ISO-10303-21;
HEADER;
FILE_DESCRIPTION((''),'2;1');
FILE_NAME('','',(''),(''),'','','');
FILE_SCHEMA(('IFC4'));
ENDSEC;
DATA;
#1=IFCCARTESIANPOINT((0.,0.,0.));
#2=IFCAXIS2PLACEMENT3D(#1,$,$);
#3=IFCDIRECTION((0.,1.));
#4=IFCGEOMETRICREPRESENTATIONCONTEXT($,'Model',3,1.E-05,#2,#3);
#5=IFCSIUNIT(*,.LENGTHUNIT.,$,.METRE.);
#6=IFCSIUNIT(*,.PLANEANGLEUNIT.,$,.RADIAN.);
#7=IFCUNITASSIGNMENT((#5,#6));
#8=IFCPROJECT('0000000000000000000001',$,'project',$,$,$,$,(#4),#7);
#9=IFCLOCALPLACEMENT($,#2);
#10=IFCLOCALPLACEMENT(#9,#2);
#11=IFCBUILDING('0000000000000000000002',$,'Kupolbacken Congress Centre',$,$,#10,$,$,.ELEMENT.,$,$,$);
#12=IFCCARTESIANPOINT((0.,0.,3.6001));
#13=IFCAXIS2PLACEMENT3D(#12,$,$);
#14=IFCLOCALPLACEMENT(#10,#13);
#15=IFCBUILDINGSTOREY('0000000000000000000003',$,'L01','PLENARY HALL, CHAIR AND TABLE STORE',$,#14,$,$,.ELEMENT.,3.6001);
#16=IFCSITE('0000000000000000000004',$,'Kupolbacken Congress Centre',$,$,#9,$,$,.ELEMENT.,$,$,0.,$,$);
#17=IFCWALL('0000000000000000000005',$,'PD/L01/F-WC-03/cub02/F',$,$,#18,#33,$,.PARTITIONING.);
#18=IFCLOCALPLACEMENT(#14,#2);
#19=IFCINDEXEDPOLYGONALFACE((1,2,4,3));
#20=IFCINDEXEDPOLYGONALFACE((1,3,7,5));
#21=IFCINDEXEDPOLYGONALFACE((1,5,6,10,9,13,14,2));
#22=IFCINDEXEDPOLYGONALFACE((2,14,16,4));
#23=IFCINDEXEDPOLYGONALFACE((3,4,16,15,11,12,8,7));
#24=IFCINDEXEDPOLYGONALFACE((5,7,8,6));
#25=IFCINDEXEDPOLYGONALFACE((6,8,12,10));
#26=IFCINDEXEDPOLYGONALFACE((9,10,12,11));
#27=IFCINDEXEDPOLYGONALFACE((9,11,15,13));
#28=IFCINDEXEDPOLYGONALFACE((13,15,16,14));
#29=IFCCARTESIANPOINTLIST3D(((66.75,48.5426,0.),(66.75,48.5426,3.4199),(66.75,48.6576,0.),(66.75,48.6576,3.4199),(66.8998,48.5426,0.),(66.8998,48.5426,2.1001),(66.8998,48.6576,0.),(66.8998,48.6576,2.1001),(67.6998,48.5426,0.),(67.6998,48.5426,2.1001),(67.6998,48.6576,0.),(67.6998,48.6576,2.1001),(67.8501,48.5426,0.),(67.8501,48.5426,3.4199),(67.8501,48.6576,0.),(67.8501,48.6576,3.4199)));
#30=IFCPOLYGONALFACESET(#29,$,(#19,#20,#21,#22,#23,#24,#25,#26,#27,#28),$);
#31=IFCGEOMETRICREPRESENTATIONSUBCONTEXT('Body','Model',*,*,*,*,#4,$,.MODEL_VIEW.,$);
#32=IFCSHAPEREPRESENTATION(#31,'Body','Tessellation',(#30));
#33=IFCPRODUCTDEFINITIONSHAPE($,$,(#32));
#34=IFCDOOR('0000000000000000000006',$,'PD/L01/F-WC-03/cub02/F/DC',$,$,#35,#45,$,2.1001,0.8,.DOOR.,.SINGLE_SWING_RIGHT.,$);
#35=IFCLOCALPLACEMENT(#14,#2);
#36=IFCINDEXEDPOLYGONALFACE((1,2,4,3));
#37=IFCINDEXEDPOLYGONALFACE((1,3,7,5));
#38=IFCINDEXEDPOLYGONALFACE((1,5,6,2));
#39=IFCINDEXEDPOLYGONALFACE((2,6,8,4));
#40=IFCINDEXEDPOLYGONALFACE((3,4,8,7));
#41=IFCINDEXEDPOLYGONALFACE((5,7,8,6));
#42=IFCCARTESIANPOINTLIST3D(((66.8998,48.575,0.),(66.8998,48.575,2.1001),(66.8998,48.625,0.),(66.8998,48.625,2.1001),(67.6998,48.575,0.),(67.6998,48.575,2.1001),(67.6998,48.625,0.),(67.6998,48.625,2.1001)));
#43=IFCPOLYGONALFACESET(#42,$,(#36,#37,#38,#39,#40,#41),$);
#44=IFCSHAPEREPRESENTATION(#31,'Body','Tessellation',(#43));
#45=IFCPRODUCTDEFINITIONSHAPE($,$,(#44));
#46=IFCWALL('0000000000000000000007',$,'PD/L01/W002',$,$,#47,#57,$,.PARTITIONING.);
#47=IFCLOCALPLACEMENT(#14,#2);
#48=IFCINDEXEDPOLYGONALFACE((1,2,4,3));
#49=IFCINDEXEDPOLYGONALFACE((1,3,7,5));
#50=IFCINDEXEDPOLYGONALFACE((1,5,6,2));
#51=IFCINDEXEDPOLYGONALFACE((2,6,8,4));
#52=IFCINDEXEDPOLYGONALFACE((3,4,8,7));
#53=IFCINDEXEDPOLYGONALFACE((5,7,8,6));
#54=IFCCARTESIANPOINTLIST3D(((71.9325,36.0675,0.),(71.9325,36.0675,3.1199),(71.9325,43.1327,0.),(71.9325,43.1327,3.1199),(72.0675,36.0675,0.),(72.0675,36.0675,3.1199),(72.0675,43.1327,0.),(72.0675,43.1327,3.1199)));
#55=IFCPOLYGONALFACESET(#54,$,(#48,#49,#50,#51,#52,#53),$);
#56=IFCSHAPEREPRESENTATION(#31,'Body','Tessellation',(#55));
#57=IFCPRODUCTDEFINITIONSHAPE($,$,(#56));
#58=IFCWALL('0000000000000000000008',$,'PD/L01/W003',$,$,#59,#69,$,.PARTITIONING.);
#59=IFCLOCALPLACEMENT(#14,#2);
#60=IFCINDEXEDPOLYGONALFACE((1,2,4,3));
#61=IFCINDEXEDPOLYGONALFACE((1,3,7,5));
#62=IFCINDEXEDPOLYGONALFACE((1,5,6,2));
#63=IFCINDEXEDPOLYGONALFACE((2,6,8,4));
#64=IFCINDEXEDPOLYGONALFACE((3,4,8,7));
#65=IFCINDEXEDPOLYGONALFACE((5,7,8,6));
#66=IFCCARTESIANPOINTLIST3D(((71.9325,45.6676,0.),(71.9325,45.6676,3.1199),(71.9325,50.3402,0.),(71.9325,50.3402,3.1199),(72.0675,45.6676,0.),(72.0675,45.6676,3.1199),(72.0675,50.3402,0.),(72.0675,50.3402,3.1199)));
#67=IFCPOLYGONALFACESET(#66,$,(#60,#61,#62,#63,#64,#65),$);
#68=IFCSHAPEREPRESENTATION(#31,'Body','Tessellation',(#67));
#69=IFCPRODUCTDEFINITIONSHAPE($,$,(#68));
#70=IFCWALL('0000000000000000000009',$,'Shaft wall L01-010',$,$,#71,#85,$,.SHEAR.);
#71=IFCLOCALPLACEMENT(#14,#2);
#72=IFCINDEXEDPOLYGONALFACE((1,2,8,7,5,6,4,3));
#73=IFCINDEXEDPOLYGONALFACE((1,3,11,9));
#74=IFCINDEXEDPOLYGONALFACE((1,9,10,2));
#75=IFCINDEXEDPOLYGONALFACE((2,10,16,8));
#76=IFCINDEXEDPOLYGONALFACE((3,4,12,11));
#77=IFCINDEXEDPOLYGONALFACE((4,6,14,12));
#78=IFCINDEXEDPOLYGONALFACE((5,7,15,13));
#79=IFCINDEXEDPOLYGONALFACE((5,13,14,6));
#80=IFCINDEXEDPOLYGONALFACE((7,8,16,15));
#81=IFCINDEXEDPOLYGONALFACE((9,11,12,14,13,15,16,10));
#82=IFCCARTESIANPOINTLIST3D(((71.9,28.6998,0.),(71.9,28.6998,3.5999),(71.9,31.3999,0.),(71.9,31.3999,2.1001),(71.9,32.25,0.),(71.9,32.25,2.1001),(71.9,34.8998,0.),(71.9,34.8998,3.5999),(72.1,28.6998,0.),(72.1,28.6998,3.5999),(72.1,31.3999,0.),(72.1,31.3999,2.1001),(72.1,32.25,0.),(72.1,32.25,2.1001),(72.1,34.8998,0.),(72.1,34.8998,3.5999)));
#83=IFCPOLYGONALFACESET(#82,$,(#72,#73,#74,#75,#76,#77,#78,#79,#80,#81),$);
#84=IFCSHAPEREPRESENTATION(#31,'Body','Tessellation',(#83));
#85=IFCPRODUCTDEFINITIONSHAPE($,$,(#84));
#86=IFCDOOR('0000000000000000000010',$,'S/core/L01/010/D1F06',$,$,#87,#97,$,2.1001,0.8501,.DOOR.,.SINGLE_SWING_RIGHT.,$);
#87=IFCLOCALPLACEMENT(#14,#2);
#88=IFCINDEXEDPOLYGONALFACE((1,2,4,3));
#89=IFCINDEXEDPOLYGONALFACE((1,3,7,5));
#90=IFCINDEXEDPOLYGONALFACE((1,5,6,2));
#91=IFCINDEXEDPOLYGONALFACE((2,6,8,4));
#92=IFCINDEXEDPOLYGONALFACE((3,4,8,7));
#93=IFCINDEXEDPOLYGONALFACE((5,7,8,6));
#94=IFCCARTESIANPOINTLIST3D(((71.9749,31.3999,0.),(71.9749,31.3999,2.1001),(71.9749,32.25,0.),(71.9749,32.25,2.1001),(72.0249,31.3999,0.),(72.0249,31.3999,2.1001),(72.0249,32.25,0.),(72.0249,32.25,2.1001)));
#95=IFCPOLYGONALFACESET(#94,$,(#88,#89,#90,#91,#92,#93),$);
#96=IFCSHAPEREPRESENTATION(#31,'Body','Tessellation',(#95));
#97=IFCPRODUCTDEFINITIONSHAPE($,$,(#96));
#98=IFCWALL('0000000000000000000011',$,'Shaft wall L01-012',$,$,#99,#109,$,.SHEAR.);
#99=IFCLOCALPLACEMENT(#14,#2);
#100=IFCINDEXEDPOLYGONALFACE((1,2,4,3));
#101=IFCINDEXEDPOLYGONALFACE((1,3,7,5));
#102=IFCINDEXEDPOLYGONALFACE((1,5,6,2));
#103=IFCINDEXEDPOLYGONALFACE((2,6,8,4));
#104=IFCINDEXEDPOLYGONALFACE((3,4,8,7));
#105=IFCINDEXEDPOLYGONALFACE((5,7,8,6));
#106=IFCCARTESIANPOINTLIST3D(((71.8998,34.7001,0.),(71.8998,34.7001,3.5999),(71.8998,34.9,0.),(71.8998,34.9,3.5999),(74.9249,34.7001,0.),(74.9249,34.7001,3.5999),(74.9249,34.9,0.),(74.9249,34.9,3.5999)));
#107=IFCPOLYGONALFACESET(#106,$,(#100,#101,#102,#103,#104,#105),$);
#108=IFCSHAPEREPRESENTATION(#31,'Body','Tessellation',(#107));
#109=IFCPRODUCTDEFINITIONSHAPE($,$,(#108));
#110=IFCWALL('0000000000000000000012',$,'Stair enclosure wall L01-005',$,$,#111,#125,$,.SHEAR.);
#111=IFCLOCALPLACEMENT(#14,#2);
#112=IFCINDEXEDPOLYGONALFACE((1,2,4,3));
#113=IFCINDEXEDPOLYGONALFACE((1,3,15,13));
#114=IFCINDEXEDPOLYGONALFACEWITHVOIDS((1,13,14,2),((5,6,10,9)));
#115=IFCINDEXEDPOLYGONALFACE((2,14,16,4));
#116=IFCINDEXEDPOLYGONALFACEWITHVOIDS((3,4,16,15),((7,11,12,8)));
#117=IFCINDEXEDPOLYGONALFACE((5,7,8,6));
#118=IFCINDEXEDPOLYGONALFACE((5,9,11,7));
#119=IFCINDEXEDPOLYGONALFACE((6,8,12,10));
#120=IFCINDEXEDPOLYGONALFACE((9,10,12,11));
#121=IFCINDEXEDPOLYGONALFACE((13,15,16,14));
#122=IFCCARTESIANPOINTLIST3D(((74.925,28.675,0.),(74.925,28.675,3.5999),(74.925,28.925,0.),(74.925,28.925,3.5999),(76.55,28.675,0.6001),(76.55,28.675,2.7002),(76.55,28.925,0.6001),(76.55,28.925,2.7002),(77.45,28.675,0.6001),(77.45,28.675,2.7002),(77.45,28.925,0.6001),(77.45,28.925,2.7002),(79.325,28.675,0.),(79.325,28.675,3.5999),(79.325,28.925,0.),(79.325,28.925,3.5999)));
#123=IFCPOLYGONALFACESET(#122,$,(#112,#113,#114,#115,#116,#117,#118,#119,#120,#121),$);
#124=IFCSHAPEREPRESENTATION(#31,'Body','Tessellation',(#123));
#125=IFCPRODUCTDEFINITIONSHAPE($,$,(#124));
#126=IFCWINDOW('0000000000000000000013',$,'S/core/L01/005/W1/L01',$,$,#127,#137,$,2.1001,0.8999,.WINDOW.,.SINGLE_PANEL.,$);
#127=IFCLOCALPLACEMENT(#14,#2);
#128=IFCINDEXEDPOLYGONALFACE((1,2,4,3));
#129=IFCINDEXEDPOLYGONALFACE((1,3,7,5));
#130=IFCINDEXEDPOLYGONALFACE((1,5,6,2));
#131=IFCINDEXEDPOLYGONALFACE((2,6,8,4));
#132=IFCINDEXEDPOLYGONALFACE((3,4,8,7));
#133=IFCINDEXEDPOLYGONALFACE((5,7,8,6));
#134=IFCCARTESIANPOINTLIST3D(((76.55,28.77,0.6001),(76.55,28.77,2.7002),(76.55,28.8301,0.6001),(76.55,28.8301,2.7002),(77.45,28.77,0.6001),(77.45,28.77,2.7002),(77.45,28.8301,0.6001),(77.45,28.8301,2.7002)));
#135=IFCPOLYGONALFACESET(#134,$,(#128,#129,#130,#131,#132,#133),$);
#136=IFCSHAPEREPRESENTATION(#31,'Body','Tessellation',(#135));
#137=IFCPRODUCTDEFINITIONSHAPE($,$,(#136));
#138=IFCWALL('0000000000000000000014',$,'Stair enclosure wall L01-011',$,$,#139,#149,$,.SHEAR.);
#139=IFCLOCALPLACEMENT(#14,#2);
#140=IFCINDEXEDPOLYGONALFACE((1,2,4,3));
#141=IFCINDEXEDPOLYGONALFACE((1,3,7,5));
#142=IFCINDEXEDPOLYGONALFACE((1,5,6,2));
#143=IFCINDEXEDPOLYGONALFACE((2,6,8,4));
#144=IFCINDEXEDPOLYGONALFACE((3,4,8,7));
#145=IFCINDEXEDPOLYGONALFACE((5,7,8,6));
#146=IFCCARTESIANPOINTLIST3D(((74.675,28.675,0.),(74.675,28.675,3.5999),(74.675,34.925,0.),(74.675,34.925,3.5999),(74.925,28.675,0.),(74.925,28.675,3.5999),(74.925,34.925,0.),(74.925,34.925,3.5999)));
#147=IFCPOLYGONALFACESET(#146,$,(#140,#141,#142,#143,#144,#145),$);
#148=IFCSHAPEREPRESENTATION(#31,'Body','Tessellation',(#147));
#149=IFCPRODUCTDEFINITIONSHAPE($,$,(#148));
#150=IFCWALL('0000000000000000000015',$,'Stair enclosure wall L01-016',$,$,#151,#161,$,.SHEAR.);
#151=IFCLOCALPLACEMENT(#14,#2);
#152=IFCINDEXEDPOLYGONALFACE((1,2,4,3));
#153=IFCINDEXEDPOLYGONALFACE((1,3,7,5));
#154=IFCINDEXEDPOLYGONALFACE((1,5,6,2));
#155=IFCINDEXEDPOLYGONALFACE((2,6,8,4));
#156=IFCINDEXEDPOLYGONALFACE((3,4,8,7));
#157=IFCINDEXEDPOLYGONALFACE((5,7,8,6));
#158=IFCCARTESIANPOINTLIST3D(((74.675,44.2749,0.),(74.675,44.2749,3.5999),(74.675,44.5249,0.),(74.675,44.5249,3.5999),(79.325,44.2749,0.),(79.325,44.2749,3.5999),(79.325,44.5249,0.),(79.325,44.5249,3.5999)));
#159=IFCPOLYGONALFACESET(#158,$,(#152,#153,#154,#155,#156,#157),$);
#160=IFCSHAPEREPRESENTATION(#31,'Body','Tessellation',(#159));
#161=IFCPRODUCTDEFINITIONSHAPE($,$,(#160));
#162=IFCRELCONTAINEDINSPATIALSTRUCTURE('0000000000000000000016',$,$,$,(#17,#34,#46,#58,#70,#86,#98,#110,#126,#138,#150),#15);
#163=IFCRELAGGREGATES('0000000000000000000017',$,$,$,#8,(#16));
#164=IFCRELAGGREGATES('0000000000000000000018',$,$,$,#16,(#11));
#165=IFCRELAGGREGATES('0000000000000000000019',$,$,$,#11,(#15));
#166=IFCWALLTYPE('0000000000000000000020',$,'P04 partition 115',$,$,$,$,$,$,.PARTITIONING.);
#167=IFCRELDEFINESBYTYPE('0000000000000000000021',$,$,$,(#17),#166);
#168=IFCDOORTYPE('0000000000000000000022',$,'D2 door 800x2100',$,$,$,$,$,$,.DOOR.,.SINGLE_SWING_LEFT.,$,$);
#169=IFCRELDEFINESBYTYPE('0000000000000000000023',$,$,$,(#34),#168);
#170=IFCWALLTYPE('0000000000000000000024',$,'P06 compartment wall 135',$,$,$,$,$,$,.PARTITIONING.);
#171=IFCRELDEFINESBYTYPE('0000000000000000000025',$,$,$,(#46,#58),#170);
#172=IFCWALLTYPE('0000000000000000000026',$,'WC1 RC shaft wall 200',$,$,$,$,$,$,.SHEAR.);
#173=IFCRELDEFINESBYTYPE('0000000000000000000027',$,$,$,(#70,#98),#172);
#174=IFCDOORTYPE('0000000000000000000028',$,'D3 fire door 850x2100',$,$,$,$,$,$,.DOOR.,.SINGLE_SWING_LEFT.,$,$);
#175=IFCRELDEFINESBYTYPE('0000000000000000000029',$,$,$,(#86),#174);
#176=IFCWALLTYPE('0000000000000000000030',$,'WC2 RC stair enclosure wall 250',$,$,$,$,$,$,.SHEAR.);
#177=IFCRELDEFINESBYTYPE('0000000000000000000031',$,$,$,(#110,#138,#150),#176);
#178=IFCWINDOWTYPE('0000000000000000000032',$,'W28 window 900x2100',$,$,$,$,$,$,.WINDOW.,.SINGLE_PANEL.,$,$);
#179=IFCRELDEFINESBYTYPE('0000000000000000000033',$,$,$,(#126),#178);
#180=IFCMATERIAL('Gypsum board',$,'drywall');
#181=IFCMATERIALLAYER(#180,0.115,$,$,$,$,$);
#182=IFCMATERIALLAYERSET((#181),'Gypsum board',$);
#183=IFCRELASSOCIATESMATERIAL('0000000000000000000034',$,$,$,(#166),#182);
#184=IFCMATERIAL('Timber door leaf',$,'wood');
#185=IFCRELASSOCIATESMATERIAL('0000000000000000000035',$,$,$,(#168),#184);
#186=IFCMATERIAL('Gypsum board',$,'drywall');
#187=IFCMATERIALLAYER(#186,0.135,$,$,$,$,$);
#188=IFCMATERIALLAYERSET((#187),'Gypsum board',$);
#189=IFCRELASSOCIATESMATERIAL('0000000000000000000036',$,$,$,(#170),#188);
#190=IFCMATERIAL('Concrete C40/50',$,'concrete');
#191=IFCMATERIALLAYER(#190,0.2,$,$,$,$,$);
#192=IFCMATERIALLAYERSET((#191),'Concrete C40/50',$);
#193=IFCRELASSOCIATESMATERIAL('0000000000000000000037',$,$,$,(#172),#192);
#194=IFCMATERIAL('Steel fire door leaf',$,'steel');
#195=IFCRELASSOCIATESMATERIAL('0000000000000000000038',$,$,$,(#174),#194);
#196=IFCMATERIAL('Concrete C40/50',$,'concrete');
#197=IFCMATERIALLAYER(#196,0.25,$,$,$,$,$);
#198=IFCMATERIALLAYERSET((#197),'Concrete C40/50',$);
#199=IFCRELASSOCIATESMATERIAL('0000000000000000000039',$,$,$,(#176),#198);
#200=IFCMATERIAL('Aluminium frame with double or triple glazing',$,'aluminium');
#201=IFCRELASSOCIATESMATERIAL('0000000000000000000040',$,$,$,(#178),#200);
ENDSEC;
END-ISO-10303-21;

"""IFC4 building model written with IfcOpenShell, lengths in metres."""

from ifc_helpers import new_model, si_unit, direction, frame, frame_2d, origin, place, context, subcontext, project, spatial, rectangle, extrude, material, layer, layer_set, type_object, element, fill, save


model = new_model("IFC4")

# Units and contexts
model_context = context("Model", 3, precision=1e-05, world=origin(), true_north=direction((0.0, 1.0)))
body_context = subcontext(model_context, "Body", "Model", "MODEL_VIEW")
ifc_project = project(units=[si_unit("LENGTHUNIT", "METRE"), si_unit("PLANEANGLEUNIT", "RADIAN")], contexts=[model_context])

# Site, building, storey
site_placement = place(None, origin())
site = spatial("IfcSite", under=ifc_project, at=site_placement, Name="Kupolbacken Congress Centre", CompositionType="ELEMENT", RefElevation=0.0)
building_placement = place(site_placement, origin())
building = spatial("IfcBuilding", under=site, at=building_placement, Name="Kupolbacken Congress Centre", CompositionType="ELEMENT")
storey_placement = place(building_placement, frame((0.0, 0.0, 3.6001)))
storey = spatial("IfcBuildingStorey", under=building, at=storey_placement, Name="L01", Description="PLENARY HALL, CHAIR AND TABLE STORE", CompositionType="ELEMENT", Elevation=3.6001)

# Wall, opening, door
ifc_material_1 = material(Name="Gypsum board", Category="drywall")
ifc_layer_1 = layer(ifc_material_1, 0.115)
ifc_layer_set_1 = layer_set([ifc_layer_1], Name="Gypsum board")
wall_type_1 = type_object("IfcWallType", Name="P04 partition 115", PredefinedType="PARTITIONING", material=ifc_layer_set_1)
ifc_material_2 = material(Name="Timber door leaf", Category="wood")
door_type_1 = type_object("IfcDoorType", Name="D2 door 800x2100", OperationType="SINGLE_SWING_LEFT", PredefinedType="DOOR", material=ifc_material_2)
wall_1_placement = place(storey_placement, frame((66.75, 48.6001, 0.0), z_axis=(0.0, 0.0, 1.0), x_axis=(1.0, 0.0, 0.0)))
wall_1 = element("IfcWall", 1, at=wall_1_placement, inside=storey, type_object=wall_type_1, Name="PD/L01/F-WC-03/cub02/F", PredefinedType="PARTITIONING", context=body_context, shape_type="SweptSolid", body=[
    extrude(rectangle(XDim=1.1001, YDim=0.115, at=frame_2d((0.55, 0.0))), origin(), (0.0, 0.0, 1.0), 3.4199),
])
opening_1_placement = place(wall_1_placement, frame((0.1499, 0.0, 0.0)))
opening_1 = element("IfcOpeningElement", 2, at=opening_1_placement, cuts=wall_1, PredefinedType="OPENING", context=body_context, shape_type="SweptSolid", body=[
    extrude(rectangle(XDim=0.8, YDim=2.1001, at=frame_2d((0.3999, 1.05))), frame((0.0, 0.0674, 0.0), z_axis=(0.0, -1.0, 0.0), x_axis=(1.0, 0.0, 0.0)), (0.0, 0.0, 1.0), 0.135),
])
door_1_placement = place(opening_1_placement, origin())
door_1 = element("IfcDoor", 3, at=door_1_placement, inside=storey, type_object=door_type_1, Name="PD/L01/F-WC-03/cub02/F/DC", OperationType="SINGLE_SWING_RIGHT", OverallHeight=2.1001, OverallWidth=0.8, PredefinedType="DOOR", context=body_context, shape_type="SweptSolid", body=[
    extrude(rectangle(XDim=0.8, YDim=2.1001, at=frame_2d((0.3999, 1.05))), frame((0.0, 0.0249, 0.0), z_axis=(0.0, -1.0, 0.0), x_axis=(1.0, 0.0, 0.0)), (0.0, 0.0, 1.0), 0.05),
])
fill(opening_1, door_1)

# Walls
ifc_material_3 = material(Name="Gypsum board", Category="drywall")
ifc_layer_2 = layer(ifc_material_3, 0.135)
ifc_layer_set_2 = layer_set([ifc_layer_2], Name="Gypsum board")
wall_type_2 = type_object("IfcWallType", Name="P06 compartment wall 135", PredefinedType="PARTITIONING", material=ifc_layer_set_2)
wall_2_placement = place(storey_placement, frame((72.0, 36.0674, 0.0), z_axis=(0.0, 0.0, 1.0), x_axis=(0.0, 1.0, 0.0)))
element("IfcWall", 4, at=wall_2_placement, inside=storey, type_object=wall_type_2, Name="PD/L01/W002", PredefinedType="PARTITIONING", context=body_context, shape_type="SweptSolid", body=[
    extrude(rectangle(XDim=7.0652, YDim=0.135, at=frame_2d((3.5327, 0.0))), origin(), (0.0, 0.0, 1.0), 3.1199),
])
wall_3_placement = place(storey_placement, frame((72.0, 45.6675, 0.0), z_axis=(0.0, 0.0, 1.0), x_axis=(0.0, 1.0, 0.0)))
element("IfcWall", 5, at=wall_3_placement, inside=storey, type_object=wall_type_2, Name="PD/L01/W003", PredefinedType="PARTITIONING", context=body_context, shape_type="SweptSolid", body=[
    extrude(rectangle(XDim=4.6726, YDim=0.135, at=frame_2d((2.3364, 0.0))), origin(), (0.0, 0.0, 1.0), 3.1199),
])

# Wall, opening, door
ifc_material_4 = material(Name="Concrete C40/50", Category="concrete")
ifc_layer_3 = layer(ifc_material_4, 0.2)
ifc_layer_set_3 = layer_set([ifc_layer_3], Name="Concrete C40/50")
wall_type_3 = type_object("IfcWallType", Name="WC1 RC shaft wall 200", PredefinedType="SHEAR", material=ifc_layer_set_3)
wall_4_placement = place(storey_placement, frame((72.0, 34.8999, 0.0), z_axis=(0.0, 0.0, 1.0), x_axis=(0.0, -1.0, 0.0)))
wall_4 = element("IfcWall", 6, at=wall_4_placement, inside=storey, type_object=wall_type_3, Name="Shaft wall L01-010", PredefinedType="SHEAR", context=body_context, shape_type="SweptSolid", body=[
    extrude(rectangle(XDim=6.2, YDim=0.2, at=frame_2d((3.1001, 0.0))), origin(), (0.0, 0.0, 1.0), 3.5999),
])
opening_2_placement = place(wall_4_placement, frame((2.6499, 0.0, 0.0)))
opening_2 = element("IfcOpeningElement", 7, at=opening_2_placement, cuts=wall_4, PredefinedType="OPENING", context=body_context, shape_type="SweptSolid", body=[
    extrude(rectangle(XDim=0.8501, YDim=2.1001, at=frame_2d((0.425, 1.05))), frame((0.0, 0.1099, 0.0), z_axis=(0.0, -1.0, 0.0), x_axis=(1.0, 0.0, 0.0)), (0.0, 0.0, 1.0), 0.22),
])
ifc_material_5 = material(Name="Steel fire door leaf", Category="steel")
door_type_2 = type_object("IfcDoorType", Name="D3 fire door 850x2100", OperationType="SINGLE_SWING_LEFT", PredefinedType="DOOR", material=ifc_material_5)
door_2_placement = place(opening_2_placement, origin())
door_2 = element("IfcDoor", 8, at=door_2_placement, inside=storey, type_object=door_type_2, Name="S/core/L01/010/D1F06", OperationType="SINGLE_SWING_RIGHT", OverallHeight=2.1001, OverallWidth=0.8501, PredefinedType="DOOR", context=body_context, shape_type="SweptSolid", body=[
    extrude(rectangle(XDim=0.8501, YDim=2.1001, at=frame_2d((0.425, 1.05))), frame((0.0, 0.0249, 0.0), z_axis=(0.0, -1.0, 0.0), x_axis=(1.0, 0.0, 0.0)), (0.0, 0.0, 1.0), 0.05),
])
fill(opening_2, door_2)

# Wall
wall_5_placement = place(storey_placement, frame((74.925, 34.8, 0.0), z_axis=(0.0, 0.0, 1.0), x_axis=(-1.0, 0.0, 0.0)))
element("IfcWall", 9, at=wall_5_placement, inside=storey, type_object=wall_type_3, Name="Shaft wall L01-012", PredefinedType="SHEAR", context=body_context, shape_type="SweptSolid", body=[
    extrude(rectangle(XDim=3.0251, YDim=0.2, at=frame_2d((1.5127, 0.0))), origin(), (0.0, 0.0, 1.0), 3.5999),
])

# Wall, opening, window
ifc_material_6 = material(Name="Concrete C40/50", Category="concrete")
ifc_layer_4 = layer(ifc_material_6, 0.25)
ifc_layer_set_4 = layer_set([ifc_layer_4], Name="Concrete C40/50")
wall_type_4 = type_object("IfcWallType", Name="WC2 RC stair enclosure wall 250", PredefinedType="SHEAR", material=ifc_layer_set_4)
wall_6_placement = place(storey_placement, frame((74.925, 28.8, 0.0), z_axis=(0.0, 0.0, 1.0), x_axis=(1.0, 0.0, 0.0)))
wall_6 = element("IfcWall", 10, at=wall_6_placement, inside=storey, type_object=wall_type_4, Name="Stair enclosure wall L01-005", PredefinedType="SHEAR", context=body_context, shape_type="SweptSolid", body=[
    extrude(rectangle(XDim=4.3999, YDim=0.25, at=frame_2d((2.2, 0.0))), origin(), (0.0, 0.0, 1.0), 3.5999),
])
opening_3_placement = place(wall_6_placement, frame((1.625, 0.0, 0.6001)))
opening_3 = element("IfcOpeningElement", 11, at=opening_3_placement, cuts=wall_6, PredefinedType="OPENING", context=body_context, shape_type="SweptSolid", body=[
    extrude(rectangle(XDim=0.8999, YDim=2.1001, at=frame_2d((0.45, 1.05))), frame((0.0, 0.135, 0.0), z_axis=(0.0, -1.0, 0.0), x_axis=(1.0, 0.0, 0.0)), (0.0, 0.0, 1.0), 0.27),
])
ifc_material_7 = material(Name="Aluminium frame with double or triple glazing", Category="aluminium")
window_type = type_object("IfcWindowType", Name="W28 window 900x2100", PartitioningType="SINGLE_PANEL", PredefinedType="WINDOW", material=ifc_material_7)
window_placement = place(opening_3_placement, origin())
window = element("IfcWindow", 12, at=window_placement, inside=storey, type_object=window_type, Name="S/core/L01/005/W1/L01", OverallHeight=2.1001, OverallWidth=0.8999, PartitioningType="SINGLE_PANEL", PredefinedType="WINDOW", context=body_context, shape_type="SweptSolid", body=[
    extrude(rectangle(XDim=0.8999, YDim=2.1001, at=frame_2d((0.45, 1.05))), frame((0.0, 0.03, 0.0), z_axis=(0.0, -1.0, 0.0), x_axis=(1.0, 0.0, 0.0)), (0.0, 0.0, 1.0), 0.0601),
])
fill(opening_3, window)

# Walls
wall_7_placement = place(storey_placement, frame((74.8, 34.925, 0.0), z_axis=(0.0, 0.0, 1.0), x_axis=(0.0, -1.0, 0.0)))
element("IfcWall", 13, at=wall_7_placement, inside=storey, type_object=wall_type_4, Name="Stair enclosure wall L01-011", PredefinedType="SHEAR", context=body_context, shape_type="SweptSolid", body=[
    extrude(rectangle(XDim=6.25, YDim=0.25, at=frame_2d((3.125, 0.0))), origin(), (0.0, 0.0, 1.0), 3.5999),
])
wall_8_placement = place(storey_placement, frame((74.675, 44.3999, 0.0), z_axis=(0.0, 0.0, 1.0), x_axis=(1.0, 0.0, 0.0)))
element("IfcWall", 14, at=wall_8_placement, inside=storey, type_object=wall_type_4, Name="Stair enclosure wall L01-016", PredefinedType="SHEAR", context=body_context, shape_type="SweptSolid", body=[
    extrude(rectangle(XDim=4.6499, YDim=0.25, at=frame_2d((2.325, 0.0))), origin(), (0.0, 0.0, 1.0), 3.5999),
])

save(model, "model.ifc")
